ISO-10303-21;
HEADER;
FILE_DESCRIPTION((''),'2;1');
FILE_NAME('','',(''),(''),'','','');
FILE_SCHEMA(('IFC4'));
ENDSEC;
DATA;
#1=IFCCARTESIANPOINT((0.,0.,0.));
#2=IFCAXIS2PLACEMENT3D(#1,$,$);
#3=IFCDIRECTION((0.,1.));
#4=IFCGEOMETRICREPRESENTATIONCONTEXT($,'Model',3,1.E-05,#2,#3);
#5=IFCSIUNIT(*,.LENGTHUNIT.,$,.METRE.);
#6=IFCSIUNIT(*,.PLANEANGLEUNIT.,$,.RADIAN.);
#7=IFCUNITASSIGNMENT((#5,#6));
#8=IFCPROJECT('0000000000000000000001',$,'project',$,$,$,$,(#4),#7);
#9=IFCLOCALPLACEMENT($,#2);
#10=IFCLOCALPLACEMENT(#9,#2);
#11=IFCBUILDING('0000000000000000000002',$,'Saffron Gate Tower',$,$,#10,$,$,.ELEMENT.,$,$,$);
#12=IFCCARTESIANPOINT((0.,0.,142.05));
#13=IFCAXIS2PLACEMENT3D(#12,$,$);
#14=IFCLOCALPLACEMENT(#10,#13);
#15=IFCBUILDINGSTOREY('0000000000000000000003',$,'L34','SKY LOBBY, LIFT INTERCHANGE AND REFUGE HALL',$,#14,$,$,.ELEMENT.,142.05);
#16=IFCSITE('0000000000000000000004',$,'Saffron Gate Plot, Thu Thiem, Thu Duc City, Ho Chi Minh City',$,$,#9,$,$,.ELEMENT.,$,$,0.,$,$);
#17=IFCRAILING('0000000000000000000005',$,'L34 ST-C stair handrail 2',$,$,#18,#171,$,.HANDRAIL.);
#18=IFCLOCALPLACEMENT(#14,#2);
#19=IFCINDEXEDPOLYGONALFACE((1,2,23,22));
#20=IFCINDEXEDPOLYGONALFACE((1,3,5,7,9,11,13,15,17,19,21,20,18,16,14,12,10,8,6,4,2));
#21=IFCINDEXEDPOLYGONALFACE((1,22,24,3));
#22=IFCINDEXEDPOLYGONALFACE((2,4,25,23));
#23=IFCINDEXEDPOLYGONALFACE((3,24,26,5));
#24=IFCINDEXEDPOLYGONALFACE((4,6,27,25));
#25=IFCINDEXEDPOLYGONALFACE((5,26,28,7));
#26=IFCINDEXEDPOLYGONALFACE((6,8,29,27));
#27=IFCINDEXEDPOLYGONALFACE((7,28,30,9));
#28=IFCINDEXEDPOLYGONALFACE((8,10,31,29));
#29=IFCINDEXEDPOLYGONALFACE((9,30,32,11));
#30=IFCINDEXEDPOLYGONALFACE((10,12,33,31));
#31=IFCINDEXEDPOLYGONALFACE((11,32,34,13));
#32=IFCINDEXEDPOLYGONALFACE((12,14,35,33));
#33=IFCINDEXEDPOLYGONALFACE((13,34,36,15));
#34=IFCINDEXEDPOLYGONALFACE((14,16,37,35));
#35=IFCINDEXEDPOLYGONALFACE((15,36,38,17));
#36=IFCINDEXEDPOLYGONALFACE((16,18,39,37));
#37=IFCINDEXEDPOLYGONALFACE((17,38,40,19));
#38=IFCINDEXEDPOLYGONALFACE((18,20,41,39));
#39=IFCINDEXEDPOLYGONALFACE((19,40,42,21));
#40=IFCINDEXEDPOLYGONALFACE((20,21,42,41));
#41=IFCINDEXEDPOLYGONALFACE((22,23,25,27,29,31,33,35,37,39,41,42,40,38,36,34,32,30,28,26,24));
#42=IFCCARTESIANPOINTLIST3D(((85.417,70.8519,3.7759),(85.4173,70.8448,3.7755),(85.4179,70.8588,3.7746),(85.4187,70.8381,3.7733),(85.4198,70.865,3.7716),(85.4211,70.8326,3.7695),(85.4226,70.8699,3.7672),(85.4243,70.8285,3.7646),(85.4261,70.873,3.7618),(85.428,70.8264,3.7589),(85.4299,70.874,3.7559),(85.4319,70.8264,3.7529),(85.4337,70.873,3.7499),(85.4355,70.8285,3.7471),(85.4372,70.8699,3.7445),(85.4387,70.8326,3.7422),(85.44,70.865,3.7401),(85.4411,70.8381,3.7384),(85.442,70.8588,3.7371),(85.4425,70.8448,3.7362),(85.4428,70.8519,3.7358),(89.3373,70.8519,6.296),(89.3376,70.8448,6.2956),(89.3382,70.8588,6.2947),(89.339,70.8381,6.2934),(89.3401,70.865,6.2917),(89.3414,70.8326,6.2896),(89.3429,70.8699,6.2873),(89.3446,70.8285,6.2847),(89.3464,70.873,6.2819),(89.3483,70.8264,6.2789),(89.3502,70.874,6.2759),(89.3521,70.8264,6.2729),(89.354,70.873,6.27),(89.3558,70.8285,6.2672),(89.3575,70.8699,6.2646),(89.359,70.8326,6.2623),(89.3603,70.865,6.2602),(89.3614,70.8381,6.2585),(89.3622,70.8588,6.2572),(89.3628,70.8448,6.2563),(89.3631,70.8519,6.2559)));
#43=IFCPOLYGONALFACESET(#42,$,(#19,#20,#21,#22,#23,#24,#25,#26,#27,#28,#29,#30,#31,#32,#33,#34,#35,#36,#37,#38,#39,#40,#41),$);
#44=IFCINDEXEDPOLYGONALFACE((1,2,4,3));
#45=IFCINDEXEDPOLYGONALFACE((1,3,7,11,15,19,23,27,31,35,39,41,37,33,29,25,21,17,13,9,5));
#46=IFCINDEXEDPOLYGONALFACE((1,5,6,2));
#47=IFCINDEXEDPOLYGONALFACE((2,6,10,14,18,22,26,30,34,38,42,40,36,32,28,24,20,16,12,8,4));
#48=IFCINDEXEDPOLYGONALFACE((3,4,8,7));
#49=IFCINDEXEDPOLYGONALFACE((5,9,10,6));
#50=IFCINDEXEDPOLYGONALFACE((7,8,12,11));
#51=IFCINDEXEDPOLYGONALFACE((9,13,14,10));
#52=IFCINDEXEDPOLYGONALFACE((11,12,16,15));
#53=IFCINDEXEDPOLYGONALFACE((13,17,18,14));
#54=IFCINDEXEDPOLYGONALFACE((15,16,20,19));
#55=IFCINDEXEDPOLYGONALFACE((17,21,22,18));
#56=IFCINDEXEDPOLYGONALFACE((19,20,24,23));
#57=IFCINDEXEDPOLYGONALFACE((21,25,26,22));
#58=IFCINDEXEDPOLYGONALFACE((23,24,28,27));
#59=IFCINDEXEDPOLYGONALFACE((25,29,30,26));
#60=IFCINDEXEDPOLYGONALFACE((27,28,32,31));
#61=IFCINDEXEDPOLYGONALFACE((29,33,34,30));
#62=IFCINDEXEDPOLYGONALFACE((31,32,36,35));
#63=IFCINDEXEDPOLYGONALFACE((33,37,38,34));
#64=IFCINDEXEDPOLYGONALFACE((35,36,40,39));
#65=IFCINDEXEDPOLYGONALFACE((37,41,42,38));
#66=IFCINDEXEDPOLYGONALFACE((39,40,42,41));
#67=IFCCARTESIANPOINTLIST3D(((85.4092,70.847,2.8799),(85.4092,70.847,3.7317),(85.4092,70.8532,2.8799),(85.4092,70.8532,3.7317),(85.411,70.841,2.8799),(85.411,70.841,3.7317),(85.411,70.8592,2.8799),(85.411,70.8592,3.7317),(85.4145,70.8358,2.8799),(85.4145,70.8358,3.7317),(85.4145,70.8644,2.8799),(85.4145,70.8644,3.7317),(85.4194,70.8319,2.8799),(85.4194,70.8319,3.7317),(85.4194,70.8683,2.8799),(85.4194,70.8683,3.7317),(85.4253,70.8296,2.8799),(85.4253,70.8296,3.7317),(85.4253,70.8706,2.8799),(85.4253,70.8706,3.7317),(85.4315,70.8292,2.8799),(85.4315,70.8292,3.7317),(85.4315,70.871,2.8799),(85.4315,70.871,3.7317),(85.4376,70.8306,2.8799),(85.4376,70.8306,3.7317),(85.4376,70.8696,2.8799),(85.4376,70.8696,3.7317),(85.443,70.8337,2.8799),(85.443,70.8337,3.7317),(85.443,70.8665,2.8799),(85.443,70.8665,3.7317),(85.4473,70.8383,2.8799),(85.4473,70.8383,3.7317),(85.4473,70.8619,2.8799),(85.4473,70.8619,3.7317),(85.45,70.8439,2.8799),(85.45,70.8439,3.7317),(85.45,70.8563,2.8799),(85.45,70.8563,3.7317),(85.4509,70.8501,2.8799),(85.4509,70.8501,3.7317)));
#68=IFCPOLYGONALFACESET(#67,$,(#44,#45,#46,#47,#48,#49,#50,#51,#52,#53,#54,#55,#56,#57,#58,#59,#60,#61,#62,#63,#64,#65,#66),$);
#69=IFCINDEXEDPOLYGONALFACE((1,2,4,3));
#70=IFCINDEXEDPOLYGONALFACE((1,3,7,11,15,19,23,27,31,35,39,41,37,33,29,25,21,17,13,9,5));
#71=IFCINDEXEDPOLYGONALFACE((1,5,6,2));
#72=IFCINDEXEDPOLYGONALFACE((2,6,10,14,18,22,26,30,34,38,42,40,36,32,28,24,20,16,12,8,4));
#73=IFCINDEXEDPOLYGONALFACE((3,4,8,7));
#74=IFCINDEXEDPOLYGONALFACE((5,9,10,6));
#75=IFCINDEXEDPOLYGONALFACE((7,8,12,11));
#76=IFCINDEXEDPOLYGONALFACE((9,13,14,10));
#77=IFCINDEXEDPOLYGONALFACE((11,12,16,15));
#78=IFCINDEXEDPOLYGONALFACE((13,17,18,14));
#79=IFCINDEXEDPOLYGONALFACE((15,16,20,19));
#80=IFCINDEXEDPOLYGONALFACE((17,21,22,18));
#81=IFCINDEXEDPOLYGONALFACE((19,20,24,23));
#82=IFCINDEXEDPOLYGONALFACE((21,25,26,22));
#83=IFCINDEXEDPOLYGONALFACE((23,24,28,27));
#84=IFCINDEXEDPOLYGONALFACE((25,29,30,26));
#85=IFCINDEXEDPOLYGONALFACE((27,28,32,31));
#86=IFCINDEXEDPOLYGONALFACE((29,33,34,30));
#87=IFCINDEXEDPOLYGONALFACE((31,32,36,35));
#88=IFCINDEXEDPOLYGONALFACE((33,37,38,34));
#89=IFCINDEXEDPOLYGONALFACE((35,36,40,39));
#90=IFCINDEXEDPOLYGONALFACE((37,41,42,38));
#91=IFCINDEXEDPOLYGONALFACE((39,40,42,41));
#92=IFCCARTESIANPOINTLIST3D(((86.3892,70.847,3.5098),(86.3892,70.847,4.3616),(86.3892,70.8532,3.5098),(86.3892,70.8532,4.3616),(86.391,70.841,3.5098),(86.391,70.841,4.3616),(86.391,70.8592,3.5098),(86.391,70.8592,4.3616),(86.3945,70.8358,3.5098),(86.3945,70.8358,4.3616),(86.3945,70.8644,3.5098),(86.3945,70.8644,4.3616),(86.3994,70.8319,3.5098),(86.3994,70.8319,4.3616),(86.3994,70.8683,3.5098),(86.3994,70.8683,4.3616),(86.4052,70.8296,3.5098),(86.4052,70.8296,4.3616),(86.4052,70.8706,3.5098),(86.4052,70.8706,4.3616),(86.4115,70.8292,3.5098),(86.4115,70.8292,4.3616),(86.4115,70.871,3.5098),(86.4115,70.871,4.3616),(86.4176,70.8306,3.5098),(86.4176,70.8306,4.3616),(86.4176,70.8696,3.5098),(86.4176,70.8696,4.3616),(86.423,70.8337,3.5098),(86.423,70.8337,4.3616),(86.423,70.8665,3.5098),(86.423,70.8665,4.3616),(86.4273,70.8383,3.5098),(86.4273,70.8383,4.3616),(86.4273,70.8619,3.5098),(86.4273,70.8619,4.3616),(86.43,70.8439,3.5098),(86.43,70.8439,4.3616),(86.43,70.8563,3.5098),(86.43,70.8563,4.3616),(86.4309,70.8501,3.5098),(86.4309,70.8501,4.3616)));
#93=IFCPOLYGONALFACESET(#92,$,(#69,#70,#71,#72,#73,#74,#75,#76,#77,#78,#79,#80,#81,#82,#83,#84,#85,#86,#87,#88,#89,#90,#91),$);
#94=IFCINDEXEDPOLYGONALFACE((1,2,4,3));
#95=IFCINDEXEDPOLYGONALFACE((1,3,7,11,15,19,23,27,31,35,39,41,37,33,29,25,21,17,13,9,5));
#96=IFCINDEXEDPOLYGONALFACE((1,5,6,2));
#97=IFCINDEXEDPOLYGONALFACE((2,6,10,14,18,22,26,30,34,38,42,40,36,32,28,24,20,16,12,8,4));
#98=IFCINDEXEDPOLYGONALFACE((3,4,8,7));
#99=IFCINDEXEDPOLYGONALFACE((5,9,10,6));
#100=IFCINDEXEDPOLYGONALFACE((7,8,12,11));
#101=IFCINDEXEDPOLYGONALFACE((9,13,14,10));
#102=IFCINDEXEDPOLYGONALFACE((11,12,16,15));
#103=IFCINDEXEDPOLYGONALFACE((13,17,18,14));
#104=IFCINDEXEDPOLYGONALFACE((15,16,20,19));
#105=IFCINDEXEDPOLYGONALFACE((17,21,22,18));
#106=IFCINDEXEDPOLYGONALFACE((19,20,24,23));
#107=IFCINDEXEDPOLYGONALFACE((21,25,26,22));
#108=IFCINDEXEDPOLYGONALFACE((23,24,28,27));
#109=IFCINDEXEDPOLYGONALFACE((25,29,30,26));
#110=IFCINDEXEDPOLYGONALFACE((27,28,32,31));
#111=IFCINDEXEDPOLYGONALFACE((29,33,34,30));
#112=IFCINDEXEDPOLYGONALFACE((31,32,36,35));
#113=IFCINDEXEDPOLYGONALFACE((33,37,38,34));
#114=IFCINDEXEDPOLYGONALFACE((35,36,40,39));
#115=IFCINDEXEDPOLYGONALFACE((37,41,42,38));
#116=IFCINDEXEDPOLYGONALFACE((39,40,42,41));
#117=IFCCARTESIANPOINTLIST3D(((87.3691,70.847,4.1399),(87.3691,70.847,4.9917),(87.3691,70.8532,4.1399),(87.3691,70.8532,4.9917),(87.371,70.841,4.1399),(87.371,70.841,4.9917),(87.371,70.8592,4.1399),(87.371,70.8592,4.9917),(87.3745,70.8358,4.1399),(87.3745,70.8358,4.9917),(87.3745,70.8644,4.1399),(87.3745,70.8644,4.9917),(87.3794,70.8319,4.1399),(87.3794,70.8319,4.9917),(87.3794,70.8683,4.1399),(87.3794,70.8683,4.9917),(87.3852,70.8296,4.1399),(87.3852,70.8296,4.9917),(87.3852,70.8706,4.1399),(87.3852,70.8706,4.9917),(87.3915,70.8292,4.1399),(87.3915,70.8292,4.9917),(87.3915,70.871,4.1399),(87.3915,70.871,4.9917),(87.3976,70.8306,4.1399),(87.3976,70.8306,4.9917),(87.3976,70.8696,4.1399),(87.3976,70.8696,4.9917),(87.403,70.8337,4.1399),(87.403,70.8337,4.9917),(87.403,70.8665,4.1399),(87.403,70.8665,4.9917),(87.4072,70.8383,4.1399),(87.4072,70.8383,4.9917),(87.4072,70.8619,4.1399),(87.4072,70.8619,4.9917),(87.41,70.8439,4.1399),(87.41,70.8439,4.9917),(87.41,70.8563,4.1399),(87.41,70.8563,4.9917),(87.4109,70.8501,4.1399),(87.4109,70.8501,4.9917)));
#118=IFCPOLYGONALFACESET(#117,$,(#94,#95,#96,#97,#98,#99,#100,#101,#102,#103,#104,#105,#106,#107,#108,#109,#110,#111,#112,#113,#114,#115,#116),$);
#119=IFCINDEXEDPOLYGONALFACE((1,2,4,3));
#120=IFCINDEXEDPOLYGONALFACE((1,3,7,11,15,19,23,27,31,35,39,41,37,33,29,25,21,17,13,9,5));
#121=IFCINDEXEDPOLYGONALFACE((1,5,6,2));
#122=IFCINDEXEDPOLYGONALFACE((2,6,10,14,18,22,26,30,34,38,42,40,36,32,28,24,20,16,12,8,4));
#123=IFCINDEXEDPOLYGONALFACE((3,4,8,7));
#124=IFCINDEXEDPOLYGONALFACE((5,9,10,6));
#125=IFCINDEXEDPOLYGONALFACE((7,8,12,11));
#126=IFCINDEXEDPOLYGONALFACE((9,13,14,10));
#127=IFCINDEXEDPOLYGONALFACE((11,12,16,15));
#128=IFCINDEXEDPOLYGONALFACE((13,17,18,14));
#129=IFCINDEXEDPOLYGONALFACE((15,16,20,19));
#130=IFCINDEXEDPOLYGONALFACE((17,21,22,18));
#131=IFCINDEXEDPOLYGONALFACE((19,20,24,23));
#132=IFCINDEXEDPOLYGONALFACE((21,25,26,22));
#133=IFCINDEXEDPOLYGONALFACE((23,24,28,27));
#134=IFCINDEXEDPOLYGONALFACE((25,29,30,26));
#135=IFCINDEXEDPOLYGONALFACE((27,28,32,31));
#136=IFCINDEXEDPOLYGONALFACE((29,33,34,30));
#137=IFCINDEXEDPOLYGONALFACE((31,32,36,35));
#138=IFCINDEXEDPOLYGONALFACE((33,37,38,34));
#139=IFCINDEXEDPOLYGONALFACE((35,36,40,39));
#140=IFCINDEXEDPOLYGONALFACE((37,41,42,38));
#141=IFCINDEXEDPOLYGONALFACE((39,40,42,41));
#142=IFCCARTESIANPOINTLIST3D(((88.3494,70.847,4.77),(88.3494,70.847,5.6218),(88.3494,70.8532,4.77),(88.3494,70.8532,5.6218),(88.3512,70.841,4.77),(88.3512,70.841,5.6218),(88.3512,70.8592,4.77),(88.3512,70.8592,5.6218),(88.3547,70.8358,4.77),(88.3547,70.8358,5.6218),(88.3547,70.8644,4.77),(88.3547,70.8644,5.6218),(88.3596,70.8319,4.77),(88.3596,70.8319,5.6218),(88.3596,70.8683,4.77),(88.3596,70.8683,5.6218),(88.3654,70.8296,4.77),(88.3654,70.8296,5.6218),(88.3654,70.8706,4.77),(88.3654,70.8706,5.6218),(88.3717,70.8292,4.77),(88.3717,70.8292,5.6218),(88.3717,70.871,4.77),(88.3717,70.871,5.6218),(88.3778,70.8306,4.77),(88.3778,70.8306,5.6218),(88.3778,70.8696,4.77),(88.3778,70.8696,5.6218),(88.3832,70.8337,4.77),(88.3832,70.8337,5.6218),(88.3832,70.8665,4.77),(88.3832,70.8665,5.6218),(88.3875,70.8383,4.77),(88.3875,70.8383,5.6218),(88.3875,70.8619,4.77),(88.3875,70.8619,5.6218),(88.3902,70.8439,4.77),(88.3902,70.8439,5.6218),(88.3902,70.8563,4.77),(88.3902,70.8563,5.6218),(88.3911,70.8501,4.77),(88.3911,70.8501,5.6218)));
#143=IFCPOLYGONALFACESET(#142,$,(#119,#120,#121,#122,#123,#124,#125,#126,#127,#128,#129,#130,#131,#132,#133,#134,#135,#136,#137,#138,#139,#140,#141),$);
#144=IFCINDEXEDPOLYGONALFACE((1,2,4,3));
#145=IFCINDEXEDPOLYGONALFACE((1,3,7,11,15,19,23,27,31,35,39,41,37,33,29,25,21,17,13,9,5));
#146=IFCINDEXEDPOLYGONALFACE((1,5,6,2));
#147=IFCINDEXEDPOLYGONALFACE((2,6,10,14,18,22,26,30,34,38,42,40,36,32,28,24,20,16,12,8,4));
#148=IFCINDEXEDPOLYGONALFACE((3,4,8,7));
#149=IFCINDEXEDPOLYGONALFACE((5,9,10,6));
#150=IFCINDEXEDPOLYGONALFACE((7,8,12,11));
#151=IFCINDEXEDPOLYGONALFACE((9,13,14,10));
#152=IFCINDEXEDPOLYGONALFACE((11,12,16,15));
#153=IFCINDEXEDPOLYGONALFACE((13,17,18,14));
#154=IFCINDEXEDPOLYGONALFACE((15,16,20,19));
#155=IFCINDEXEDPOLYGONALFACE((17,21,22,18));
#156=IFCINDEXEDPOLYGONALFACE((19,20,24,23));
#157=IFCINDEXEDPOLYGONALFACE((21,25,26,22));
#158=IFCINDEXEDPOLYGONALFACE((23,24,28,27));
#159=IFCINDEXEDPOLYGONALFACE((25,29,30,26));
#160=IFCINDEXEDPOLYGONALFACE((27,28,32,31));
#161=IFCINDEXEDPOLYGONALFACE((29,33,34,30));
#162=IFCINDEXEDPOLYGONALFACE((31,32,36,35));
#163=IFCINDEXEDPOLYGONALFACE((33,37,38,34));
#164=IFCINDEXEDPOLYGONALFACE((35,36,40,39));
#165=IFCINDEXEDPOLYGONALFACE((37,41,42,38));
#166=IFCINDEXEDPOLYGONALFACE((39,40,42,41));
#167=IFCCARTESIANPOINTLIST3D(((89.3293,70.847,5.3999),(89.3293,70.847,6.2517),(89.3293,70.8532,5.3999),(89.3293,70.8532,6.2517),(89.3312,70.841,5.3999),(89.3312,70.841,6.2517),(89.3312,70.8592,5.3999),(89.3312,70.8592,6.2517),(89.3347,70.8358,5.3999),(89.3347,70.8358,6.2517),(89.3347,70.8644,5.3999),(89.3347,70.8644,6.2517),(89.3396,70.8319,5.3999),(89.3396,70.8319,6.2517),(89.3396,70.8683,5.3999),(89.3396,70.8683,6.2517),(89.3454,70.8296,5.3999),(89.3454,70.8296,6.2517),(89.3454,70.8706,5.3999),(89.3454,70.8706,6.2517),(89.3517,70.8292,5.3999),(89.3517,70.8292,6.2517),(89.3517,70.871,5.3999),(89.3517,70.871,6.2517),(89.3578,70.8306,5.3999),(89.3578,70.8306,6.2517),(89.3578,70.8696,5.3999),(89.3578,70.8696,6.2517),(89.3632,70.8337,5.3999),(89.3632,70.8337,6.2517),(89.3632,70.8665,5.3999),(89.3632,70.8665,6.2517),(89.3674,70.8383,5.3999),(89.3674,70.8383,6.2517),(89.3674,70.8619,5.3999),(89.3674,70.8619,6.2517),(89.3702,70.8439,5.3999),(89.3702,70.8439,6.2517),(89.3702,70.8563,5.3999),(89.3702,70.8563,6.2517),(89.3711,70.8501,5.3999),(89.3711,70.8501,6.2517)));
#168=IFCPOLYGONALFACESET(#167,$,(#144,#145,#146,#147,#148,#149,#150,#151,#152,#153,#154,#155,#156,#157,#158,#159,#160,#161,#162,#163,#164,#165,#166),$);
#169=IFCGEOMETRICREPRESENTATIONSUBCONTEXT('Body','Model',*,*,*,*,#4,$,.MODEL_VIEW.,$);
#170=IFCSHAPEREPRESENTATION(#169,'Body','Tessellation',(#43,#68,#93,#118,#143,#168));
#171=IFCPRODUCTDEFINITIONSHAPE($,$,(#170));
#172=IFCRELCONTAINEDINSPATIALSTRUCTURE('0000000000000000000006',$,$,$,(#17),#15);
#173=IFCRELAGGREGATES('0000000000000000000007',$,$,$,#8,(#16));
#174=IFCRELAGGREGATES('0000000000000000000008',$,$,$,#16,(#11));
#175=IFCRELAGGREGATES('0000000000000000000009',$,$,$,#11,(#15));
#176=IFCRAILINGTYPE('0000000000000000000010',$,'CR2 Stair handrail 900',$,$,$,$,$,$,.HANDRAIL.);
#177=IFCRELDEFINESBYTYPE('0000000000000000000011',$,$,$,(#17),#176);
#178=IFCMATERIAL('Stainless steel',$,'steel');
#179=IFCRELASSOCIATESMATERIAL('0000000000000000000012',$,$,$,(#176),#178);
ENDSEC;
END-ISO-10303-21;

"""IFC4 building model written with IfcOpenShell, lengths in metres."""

from ifc_helpers import new_model, si_unit, direction, frame, origin, origin_2d, place, context, subcontext, project, spatial, circle, extrude, material, type_object, element, save


model = new_model("IFC4")

# Units and contexts
model_context = context("Model", 3, precision=1e-05, world=origin(), true_north=direction((0.0, 1.0)))
body_context = subcontext(model_context, "Body", "Model", "MODEL_VIEW")
ifc_project = project(units=[si_unit("LENGTHUNIT", "METRE"), si_unit("PLANEANGLEUNIT", "RADIAN")], contexts=[model_context])

# Site, building, storey
site_placement = place(None, origin())
site = spatial("IfcSite", under=ifc_project, at=site_placement, Name="Saffron Gate Plot, Thu Thiem, Thu Duc City, Ho Chi Minh City", CompositionType="ELEMENT", RefElevation=0.0)
building_placement = place(site_placement, origin())
building = spatial("IfcBuilding", under=site, at=building_placement, Name="Saffron Gate Tower", CompositionType="ELEMENT")
storey_placement = place(building_placement, frame((0.0, 0.0, 142.05)))
storey = spatial("IfcBuildingStorey", under=building, at=storey_placement, Name="L34", Description="SKY LOBBY, LIFT INTERCHANGE AND REFUGE HALL", CompositionType="ELEMENT", Elevation=142.05)

# Railing
ifc_material_1 = material(Name="Stainless steel", Category="steel")
railing_type_1 = type_object("IfcRailingType", Name="CR2 Stair handrail 900", PredefinedType="HANDRAIL", material=ifc_material_1)
railing_1_placement = place(storey_placement, frame((85.4299, 70.8501, 2.8799)))
element("IfcRailing", 1, at=railing_1_placement, inside=storey, type_object=railing_type_1, Name="L34 ST-C stair handrail 2", PredefinedType="HANDRAIL", context=body_context, shape_type="SweptSolid", body=[
    extrude(circle(Radius=0.0239, at=origin_2d()), frame((0.0, 0.0, 0.876), z_axis=(0.841187, 0.0, 0.540744), x_axis=(0.0, 1.0, 0.0)), (0.0, 0.0, 1.0), 4.6604),
    extrude(circle(Radius=0.021, at=origin_2d()), origin(), (0.0, 0.0, 1.0), 0.8518),
    extrude(circle(Radius=0.021, at=origin_2d()), frame((0.98, 0.0, 0.6299)), (0.0, 0.0, 1.0), 0.8518),
    extrude(circle(Radius=0.021, at=origin_2d()), frame((1.96, 0.0, 1.26)), (0.0, 0.0, 1.0), 0.8518),
    extrude(circle(Radius=0.021, at=origin_2d()), frame((2.9402, 0.0, 1.8901)), (0.0, 0.0, 1.0), 0.8518),
    extrude(circle(Radius=0.021, at=origin_2d()), frame((3.9202, 0.0, 2.52)), (0.0, 0.0, 1.0), 0.8518),
])

save(model, "model.ifc")
